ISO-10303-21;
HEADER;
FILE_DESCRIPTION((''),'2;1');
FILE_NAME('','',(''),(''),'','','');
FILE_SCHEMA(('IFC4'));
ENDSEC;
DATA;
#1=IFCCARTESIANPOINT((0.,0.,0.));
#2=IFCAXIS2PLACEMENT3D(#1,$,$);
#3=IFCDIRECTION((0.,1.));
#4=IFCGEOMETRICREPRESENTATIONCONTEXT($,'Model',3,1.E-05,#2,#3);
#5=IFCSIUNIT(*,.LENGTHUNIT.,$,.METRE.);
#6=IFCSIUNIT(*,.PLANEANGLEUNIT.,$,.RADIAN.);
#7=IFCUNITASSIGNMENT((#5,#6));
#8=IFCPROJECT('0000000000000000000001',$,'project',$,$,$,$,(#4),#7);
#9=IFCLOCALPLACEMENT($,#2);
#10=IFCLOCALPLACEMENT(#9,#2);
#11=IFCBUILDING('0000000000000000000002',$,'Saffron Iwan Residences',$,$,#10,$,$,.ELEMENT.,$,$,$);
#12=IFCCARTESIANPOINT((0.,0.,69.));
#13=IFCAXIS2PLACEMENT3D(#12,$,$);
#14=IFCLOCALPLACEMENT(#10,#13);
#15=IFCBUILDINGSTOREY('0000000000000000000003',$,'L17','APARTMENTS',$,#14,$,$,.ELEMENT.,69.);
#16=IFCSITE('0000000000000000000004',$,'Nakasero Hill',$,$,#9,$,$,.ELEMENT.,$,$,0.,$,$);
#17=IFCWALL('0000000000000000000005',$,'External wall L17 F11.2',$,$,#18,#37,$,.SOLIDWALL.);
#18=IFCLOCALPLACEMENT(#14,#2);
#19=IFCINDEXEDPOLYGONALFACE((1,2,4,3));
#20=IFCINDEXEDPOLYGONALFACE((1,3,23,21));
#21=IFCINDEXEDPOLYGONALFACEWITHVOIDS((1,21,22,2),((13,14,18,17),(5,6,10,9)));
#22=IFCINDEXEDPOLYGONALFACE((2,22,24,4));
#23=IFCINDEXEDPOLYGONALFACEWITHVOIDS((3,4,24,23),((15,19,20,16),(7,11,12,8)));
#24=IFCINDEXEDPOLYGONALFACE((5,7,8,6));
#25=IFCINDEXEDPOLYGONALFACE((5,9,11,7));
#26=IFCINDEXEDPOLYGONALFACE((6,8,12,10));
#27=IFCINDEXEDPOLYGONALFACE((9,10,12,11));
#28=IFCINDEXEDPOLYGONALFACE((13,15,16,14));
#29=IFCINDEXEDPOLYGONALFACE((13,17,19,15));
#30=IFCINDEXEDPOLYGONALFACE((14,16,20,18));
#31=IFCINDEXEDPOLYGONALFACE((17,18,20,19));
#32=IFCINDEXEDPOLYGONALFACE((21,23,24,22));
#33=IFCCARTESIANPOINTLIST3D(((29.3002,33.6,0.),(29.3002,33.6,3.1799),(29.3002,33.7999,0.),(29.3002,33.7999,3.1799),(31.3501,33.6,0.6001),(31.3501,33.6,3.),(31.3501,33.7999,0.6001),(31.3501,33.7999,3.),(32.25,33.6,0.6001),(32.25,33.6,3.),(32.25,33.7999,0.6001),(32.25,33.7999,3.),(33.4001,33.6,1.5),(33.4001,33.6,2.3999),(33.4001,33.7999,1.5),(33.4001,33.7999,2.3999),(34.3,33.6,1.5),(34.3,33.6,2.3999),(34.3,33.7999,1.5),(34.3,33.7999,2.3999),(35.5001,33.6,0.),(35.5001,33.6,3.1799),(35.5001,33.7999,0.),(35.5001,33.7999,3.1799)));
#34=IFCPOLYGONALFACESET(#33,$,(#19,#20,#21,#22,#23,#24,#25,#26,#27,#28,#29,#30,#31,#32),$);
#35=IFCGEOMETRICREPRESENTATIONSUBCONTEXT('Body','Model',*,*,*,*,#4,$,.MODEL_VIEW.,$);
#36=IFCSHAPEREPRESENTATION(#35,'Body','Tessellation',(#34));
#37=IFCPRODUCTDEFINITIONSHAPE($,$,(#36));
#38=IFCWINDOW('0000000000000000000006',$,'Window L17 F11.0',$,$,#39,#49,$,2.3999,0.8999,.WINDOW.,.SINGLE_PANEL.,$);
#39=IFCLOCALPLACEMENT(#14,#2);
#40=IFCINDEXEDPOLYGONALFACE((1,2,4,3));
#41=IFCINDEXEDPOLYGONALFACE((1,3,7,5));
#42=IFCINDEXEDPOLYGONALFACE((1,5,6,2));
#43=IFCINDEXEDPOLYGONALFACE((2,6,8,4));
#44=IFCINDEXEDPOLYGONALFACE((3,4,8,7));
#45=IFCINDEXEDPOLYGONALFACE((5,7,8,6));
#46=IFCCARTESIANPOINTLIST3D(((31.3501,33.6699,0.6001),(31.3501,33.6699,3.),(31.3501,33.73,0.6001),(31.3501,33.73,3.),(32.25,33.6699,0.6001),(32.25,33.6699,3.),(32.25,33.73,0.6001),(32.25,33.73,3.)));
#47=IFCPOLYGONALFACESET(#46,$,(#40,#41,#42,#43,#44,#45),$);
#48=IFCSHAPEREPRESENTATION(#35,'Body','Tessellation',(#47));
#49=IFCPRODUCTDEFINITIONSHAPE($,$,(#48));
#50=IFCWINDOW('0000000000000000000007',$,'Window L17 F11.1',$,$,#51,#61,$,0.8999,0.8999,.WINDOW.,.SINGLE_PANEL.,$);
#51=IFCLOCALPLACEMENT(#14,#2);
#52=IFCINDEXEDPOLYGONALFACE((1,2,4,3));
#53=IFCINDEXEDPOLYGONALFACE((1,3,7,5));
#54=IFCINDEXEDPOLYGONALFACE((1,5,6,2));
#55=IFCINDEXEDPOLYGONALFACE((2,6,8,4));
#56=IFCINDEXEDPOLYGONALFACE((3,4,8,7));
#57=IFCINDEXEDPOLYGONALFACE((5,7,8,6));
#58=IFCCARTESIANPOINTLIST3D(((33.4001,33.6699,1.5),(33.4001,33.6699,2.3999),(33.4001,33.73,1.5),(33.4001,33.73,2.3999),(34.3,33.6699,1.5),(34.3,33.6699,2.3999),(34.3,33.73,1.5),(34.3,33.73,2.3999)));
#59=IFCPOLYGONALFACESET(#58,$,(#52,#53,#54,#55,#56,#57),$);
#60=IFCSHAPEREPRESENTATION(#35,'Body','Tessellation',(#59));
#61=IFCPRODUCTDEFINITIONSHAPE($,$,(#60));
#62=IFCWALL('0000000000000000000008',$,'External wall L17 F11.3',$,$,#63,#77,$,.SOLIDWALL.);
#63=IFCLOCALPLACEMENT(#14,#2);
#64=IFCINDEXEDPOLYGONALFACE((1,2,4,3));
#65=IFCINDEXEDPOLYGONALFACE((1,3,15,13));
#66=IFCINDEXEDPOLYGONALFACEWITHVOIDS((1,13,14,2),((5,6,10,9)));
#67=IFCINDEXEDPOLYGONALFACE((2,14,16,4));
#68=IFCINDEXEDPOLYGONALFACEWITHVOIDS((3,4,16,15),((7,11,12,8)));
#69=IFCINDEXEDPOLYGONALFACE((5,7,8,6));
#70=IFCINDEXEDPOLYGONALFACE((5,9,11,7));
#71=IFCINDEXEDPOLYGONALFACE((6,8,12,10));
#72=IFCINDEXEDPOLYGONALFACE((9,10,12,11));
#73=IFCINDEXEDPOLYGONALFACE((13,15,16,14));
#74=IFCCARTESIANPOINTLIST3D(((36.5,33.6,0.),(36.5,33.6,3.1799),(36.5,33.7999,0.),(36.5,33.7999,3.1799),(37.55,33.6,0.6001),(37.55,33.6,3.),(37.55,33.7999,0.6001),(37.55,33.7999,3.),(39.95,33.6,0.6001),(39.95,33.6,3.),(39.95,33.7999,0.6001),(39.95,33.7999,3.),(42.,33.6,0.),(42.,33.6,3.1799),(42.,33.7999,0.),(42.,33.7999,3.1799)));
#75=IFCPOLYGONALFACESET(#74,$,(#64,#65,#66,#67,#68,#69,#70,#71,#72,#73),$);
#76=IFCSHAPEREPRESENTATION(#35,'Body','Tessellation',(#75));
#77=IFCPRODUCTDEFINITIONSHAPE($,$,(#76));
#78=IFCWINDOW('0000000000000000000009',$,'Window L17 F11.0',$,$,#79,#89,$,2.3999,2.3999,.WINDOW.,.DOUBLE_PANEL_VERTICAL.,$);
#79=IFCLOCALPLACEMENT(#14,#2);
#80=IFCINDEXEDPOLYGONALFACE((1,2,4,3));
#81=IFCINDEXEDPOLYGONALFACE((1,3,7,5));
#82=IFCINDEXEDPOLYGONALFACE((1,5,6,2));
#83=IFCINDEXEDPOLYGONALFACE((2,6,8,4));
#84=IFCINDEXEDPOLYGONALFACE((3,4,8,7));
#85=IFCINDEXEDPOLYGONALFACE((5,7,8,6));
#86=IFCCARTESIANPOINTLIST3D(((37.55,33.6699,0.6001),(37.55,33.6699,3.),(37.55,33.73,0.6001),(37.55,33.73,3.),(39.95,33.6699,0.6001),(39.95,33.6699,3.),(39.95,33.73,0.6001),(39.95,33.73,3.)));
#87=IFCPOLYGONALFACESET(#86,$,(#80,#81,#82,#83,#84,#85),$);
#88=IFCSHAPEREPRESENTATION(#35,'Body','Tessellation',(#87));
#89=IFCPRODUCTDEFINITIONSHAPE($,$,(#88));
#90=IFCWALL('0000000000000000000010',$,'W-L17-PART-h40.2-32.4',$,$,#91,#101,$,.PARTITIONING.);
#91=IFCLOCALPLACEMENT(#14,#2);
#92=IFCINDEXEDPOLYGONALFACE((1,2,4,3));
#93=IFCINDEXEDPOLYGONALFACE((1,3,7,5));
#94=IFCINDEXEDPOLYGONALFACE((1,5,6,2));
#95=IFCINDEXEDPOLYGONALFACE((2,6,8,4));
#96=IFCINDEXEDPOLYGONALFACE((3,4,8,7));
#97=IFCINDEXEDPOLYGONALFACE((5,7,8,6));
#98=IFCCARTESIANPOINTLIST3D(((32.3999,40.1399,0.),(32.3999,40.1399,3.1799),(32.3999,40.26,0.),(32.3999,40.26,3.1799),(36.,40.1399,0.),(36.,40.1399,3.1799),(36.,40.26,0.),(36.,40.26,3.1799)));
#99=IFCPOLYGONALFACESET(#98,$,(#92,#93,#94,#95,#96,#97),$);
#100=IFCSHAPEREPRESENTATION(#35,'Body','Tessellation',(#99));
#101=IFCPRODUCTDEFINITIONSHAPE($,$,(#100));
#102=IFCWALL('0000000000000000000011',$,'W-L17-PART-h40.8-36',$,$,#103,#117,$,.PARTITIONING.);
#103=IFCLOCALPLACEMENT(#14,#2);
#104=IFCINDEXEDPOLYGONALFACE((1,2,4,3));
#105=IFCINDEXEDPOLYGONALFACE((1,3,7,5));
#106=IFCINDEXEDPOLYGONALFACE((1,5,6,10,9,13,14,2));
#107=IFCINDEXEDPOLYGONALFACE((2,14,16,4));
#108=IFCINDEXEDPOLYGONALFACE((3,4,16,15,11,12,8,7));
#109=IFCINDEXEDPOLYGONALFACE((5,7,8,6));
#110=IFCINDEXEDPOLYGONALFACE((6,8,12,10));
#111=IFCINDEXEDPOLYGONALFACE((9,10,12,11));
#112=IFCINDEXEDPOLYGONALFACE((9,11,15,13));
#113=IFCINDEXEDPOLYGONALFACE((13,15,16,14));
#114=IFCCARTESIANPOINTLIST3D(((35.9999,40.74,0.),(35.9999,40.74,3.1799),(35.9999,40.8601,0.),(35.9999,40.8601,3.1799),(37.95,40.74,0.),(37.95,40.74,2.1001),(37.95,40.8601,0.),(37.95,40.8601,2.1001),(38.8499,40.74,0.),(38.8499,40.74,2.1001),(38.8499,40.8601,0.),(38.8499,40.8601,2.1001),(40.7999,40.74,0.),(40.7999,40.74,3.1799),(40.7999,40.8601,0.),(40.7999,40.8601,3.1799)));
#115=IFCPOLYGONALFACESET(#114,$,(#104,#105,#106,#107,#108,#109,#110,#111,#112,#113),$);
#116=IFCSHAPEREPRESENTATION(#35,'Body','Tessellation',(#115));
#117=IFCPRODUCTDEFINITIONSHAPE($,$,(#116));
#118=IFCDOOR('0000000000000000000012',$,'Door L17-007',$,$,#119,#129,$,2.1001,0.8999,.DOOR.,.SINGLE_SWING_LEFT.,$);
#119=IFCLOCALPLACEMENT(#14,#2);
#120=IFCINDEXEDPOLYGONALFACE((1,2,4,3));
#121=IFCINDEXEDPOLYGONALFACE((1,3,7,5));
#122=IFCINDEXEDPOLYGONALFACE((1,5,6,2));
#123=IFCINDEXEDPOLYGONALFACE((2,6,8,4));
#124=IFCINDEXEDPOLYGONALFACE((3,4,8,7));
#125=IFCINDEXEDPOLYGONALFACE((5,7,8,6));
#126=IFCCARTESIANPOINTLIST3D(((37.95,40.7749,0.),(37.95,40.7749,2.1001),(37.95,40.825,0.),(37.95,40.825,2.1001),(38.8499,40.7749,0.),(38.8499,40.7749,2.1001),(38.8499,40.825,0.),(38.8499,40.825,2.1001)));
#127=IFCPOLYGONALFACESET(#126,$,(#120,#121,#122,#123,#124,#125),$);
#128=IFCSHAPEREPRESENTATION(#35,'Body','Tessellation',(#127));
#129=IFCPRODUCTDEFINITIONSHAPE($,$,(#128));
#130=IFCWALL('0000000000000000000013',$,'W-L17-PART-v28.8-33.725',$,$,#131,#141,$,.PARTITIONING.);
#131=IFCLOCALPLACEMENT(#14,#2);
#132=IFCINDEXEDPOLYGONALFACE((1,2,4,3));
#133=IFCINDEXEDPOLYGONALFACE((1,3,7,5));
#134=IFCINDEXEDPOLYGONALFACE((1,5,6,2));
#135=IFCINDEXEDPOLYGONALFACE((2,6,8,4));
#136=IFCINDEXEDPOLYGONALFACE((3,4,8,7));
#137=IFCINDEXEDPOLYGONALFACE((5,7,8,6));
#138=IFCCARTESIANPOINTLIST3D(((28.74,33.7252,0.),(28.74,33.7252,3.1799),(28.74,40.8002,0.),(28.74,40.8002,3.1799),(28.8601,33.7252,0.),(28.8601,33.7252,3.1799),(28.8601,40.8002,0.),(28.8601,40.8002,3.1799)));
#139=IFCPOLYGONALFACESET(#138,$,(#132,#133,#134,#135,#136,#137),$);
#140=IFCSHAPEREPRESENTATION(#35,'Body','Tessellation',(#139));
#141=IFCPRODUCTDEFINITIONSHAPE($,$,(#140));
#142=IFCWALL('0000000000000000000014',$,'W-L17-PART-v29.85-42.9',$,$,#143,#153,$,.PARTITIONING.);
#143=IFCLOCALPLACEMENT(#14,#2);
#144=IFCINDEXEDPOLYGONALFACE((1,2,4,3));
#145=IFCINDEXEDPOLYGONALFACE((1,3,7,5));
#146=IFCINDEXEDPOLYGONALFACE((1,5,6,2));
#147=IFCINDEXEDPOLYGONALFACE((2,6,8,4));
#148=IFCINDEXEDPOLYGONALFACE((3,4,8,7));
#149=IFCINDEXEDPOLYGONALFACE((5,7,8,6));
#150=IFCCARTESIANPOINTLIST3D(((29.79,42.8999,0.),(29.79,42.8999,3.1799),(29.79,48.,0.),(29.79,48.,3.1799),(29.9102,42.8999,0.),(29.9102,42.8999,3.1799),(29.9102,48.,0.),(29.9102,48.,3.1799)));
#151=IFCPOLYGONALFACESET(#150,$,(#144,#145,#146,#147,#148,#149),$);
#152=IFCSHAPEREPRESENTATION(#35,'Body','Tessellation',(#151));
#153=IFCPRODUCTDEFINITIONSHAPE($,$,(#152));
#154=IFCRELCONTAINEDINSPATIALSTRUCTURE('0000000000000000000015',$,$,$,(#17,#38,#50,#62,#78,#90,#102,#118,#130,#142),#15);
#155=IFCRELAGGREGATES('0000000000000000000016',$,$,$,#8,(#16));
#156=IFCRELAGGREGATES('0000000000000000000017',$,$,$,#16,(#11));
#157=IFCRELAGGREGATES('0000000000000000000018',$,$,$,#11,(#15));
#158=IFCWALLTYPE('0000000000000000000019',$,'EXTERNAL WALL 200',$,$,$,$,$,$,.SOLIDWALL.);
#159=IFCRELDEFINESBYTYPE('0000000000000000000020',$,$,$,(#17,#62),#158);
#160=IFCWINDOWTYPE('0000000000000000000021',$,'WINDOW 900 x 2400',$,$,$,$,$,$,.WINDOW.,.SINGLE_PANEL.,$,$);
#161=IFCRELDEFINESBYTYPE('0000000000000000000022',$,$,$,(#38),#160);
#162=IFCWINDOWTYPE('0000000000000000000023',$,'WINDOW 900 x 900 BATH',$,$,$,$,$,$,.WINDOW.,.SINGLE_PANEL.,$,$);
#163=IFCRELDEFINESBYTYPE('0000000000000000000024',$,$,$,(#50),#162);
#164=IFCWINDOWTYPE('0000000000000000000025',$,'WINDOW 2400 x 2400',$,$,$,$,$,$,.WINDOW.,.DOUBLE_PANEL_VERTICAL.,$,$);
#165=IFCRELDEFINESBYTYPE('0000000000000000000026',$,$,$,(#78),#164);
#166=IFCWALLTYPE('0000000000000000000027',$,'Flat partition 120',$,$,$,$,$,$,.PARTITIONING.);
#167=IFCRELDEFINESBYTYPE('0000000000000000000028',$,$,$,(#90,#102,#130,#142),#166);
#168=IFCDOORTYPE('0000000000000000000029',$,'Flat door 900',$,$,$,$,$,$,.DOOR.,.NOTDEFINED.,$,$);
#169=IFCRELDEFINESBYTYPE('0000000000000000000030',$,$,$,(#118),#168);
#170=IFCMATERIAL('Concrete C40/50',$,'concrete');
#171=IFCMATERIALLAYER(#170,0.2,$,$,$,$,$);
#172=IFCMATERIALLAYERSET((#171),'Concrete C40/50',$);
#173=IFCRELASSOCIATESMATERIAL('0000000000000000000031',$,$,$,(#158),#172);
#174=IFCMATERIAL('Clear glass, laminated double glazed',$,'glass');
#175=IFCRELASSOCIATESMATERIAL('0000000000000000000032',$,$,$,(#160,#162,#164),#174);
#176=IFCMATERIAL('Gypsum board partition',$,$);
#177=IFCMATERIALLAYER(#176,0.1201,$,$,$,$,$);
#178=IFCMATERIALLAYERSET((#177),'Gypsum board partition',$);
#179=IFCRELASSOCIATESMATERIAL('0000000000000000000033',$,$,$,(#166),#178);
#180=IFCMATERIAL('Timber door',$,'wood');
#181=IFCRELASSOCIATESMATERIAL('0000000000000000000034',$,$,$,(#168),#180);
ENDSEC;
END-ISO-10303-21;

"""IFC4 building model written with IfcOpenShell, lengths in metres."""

from ifc_helpers import new_model, si_unit, direction, frame, frame_2d, origin, place, context, subcontext, project, spatial, rectangle, extrude, material, layer, layer_set, type_object, element, fill, save


model = new_model("IFC4")

# Units and contexts
model_context = context("Model", 3, precision=1e-05, world=origin(), true_north=direction((0.0, 1.0)))
body_context = subcontext(model_context, "Body", "Model", "MODEL_VIEW")
ifc_project = project(units=[si_unit("LENGTHUNIT", "METRE"), si_unit("PLANEANGLEUNIT", "RADIAN")], contexts=[model_context])

# Site, building, storey
site_placement = place(None, origin())
site = spatial("IfcSite", under=ifc_project, at=site_placement, Name="Nakasero Hill", CompositionType="ELEMENT", RefElevation=0.0)
building_placement = place(site_placement, origin())
building = spatial("IfcBuilding", under=site, at=building_placement, Name="Saffron Iwan Residences", CompositionType="ELEMENT")
storey_placement = place(building_placement, frame((0.0, 0.0, 69.0)))
storey = spatial("IfcBuildingStorey", under=building, at=storey_placement, Name="L17", Description="APARTMENTS", CompositionType="ELEMENT", Elevation=69.0)

# Wall, openings, windows
ifc_material_1 = material(Name="Concrete C40/50", Category="concrete")
ifc_layer_1 = layer(ifc_material_1, 0.2)
ifc_layer_set_1 = layer_set([ifc_layer_1], Name="Concrete C40/50")
wall_type_1 = type_object("IfcWallType", Name="EXTERNAL WALL 200", PredefinedType="SOLIDWALL", material=ifc_layer_set_1)
wall_1_placement = place(storey_placement, frame((29.3, 33.7, 0.0), z_axis=(0.0, 0.0, 1.0), x_axis=(1.0, 0.0, 0.0)))
wall_1 = element("IfcWall", 1, at=wall_1_placement, inside=storey, type_object=wall_type_1, Name="External wall L17 F11.2", PredefinedType="SOLIDWALL", context=body_context, shape_type="SweptSolid", body=[
    extrude(rectangle(XDim=6.2, YDim=0.2, at=frame_2d((3.1001, 0.0))), origin(), (0.0, 0.0, 1.0), 3.1799),
])
opening_1_placement = place(wall_1_placement, frame((2.05, 0.0, 0.6001)))
opening_1 = element("IfcOpeningElement", 2, at=opening_1_placement, cuts=wall_1, PredefinedType="OPENING", context=body_context, shape_type="SweptSolid", body=[
    extrude(rectangle(XDim=0.8999, YDim=2.3999, at=frame_2d((0.45, 1.2))), frame((0.0, 0.1099, 0.0), z_axis=(0.0, -1.0, 0.0), x_axis=(1.0, 0.0, 0.0)), (0.0, 0.0, 1.0), 0.22),
])
opening_2_placement = place(wall_1_placement, frame((4.1001, 0.0, 1.5)))
opening_2 = element("IfcOpeningElement", 3, at=opening_2_placement, cuts=wall_1, PredefinedType="OPENING", context=body_context, shape_type="SweptSolid", body=[
    extrude(rectangle(XDim=0.8999, YDim=0.8999, at=frame_2d((0.45, 0.45))), frame((0.0, 0.1099, 0.0), z_axis=(0.0, -1.0, 0.0), x_axis=(1.0, 0.0, 0.0)), (0.0, 0.0, 1.0), 0.22),
])
ifc_material_2 = material(Name="Clear glass, laminated double glazed", Category="glass")
window_type_1 = type_object("IfcWindowType", Name="WINDOW 900 x 2400", PartitioningType="SINGLE_PANEL", PredefinedType="WINDOW", material=ifc_material_2)
window_1_placement = place(opening_1_placement, origin())
window_1 = element("IfcWindow", 4, at=window_1_placement, inside=storey, type_object=window_type_1, Name="Window L17 F11.0", OverallHeight=2.3999, OverallWidth=0.8999, PartitioningType="SINGLE_PANEL", PredefinedType="WINDOW", context=body_context, shape_type="SweptSolid", body=[
    extrude(rectangle(XDim=0.8999, YDim=2.3999, at=frame_2d((0.45, 1.2))), frame((0.0, 0.03, 0.0), z_axis=(0.0, -1.0, 0.0), x_axis=(1.0, 0.0, 0.0)), (0.0, 0.0, 1.0), 0.0601),
])
fill(opening_1, window_1)
window_type_2 = type_object("IfcWindowType", Name="WINDOW 900 x 900 BATH", PartitioningType="SINGLE_PANEL", PredefinedType="WINDOW", material=ifc_material_2)
window_2_placement = place(opening_2_placement, origin())
window_2 = element("IfcWindow", 5, at=window_2_placement, inside=storey, type_object=window_type_2, Name="Window L17 F11.1", OverallHeight=0.8999, OverallWidth=0.8999, PartitioningType="SINGLE_PANEL", PredefinedType="WINDOW", context=body_context, shape_type="SweptSolid", body=[
    extrude(rectangle(XDim=0.8999, YDim=0.8999, at=frame_2d((0.45, 0.45))), frame((0.0, 0.03, 0.0), z_axis=(0.0, -1.0, 0.0), x_axis=(1.0, 0.0, 0.0)), (0.0, 0.0, 1.0), 0.0601),
])
fill(opening_2, window_2)

# Wall, opening, window
wall_2_placement = place(storey_placement, frame((36.5, 33.7, 0.0), z_axis=(0.0, 0.0, 1.0), x_axis=(1.0, 0.0, 0.0)))
wall_2 = element("IfcWall", 6, at=wall_2_placement, inside=storey, type_object=wall_type_1, Name="External wall L17 F11.3", PredefinedType="SOLIDWALL", context=body_context, shape_type="SweptSolid", body=[
    extrude(rectangle(XDim=5.5, YDim=0.2, at=frame_2d((2.75, 0.0))), origin(), (0.0, 0.0, 1.0), 3.1799),
])
opening_3_placement = place(wall_2_placement, frame((1.05, 0.0, 0.6001)))
opening_3 = element("IfcOpeningElement", 7, at=opening_3_placement, cuts=wall_2, PredefinedType="OPENING", context=body_context, shape_type="SweptSolid", body=[
    extrude(rectangle(XDim=2.3999, YDim=2.3999, at=frame_2d((1.2, 1.2))), frame((0.0, 0.1099, 0.0), z_axis=(0.0, -1.0, 0.0), x_axis=(1.0, 0.0, 0.0)), (0.0, 0.0, 1.0), 0.22),
])
window_type_3 = type_object("IfcWindowType", Name="WINDOW 2400 x 2400", PartitioningType="DOUBLE_PANEL_VERTICAL", PredefinedType="WINDOW", material=ifc_material_2)
window_3_placement = place(opening_3_placement, origin())
window_3 = element("IfcWindow", 8, at=window_3_placement, inside=storey, type_object=window_type_3, Name="Window L17 F11.0", OverallHeight=2.3999, OverallWidth=2.3999, PartitioningType="DOUBLE_PANEL_VERTICAL", PredefinedType="WINDOW", context=body_context, shape_type="SweptSolid", body=[
    extrude(rectangle(XDim=2.3999, YDim=2.3999, at=frame_2d((1.2, 1.2))), frame((0.0, 0.03, 0.0), z_axis=(0.0, -1.0, 0.0), x_axis=(1.0, 0.0, 0.0)), (0.0, 0.0, 1.0), 0.0601),
])
fill(opening_3, window_3)

# Wall
ifc_material_3 = material(Name="Gypsum board partition")
ifc_layer_2 = layer(ifc_material_3, 0.1201)
ifc_layer_set_2 = layer_set([ifc_layer_2], Name="Gypsum board partition")
wall_type_2 = type_object("IfcWallType", Name="Flat partition 120", PredefinedType="PARTITIONING", material=ifc_layer_set_2)
wall_3_placement = place(storey_placement, frame((32.3999, 40.2, 0.0), z_axis=(0.0, 0.0, 1.0), x_axis=(1.0, 0.0, 0.0)))
element("IfcWall", 9, at=wall_3_placement, inside=storey, type_object=wall_type_2, Name="W-L17-PART-h40.2-32.4", PredefinedType="PARTITIONING", context=body_context, shape_type="SweptSolid", body=[
    extrude(rectangle(XDim=3.6001, YDim=0.1201, at=frame_2d((1.8, 0.0))), origin(), (0.0, 0.0, 1.0), 3.1799),
])

# Wall, opening, door
wall_4_placement = place(storey_placement, frame((36.0, 40.8, 0.0), z_axis=(0.0, 0.0, 1.0), x_axis=(1.0, 0.0, 0.0)))
wall_4 = element("IfcWall", 10, at=wall_4_placement, inside=storey, type_object=wall_type_2, Name="W-L17-PART-h40.8-36", PredefinedType="PARTITIONING", context=body_context, shape_type="SweptSolid", body=[
    extrude(rectangle(XDim=4.8, YDim=0.1201, at=frame_2d((2.3999, 0.0))), origin(), (0.0, 0.0, 1.0), 3.1799),
])
opening_4_placement = place(wall_4_placement, frame((1.95, 0.0, 0.0)))
opening_4 = element("IfcOpeningElement", 11, at=opening_4_placement, cuts=wall_4, PredefinedType="OPENING", context=body_context, shape_type="SweptSolid", body=[
    extrude(rectangle(XDim=0.8999, YDim=2.1001, at=frame_2d((0.45, 1.05))), frame((0.0, 0.0701, 0.0), z_axis=(0.0, -1.0, 0.0), x_axis=(1.0, 0.0, 0.0)), (0.0, 0.0, 1.0), 0.1401),
])
ifc_material_4 = material(Name="Timber door", Category="wood")
door_type_1 = type_object("IfcDoorType", Name="Flat door 900", OperationType="NOTDEFINED", PredefinedType="DOOR", material=ifc_material_4)
door_1_placement = place(opening_4_placement, origin())
door_1 = element("IfcDoor", 12, at=door_1_placement, inside=storey, type_object=door_type_1, Name="Door L17-007", OperationType="SINGLE_SWING_LEFT", OverallHeight=2.1001, OverallWidth=0.8999, PredefinedType="DOOR", context=body_context, shape_type="SweptSolid", body=[
    extrude(rectangle(XDim=0.8999, YDim=2.1001, at=frame_2d((0.45, 1.05))), frame((0.0, 0.0249, 0.0), z_axis=(0.0, -1.0, 0.0), x_axis=(1.0, 0.0, 0.0)), (0.0, 0.0, 1.0), 0.05),
])
fill(opening_4, door_1)

# Walls
wall_5_placement = place(storey_placement, frame((28.8, 33.7251, 0.0), z_axis=(0.0, 0.0, 1.0), x_axis=(0.0, 1.0, 0.0)))
element("IfcWall", 13, at=wall_5_placement, inside=storey, type_object=wall_type_2, Name="W-L17-PART-v28.8-33.725", PredefinedType="PARTITIONING", context=body_context, shape_type="SweptSolid", body=[
    extrude(rectangle(XDim=7.075, YDim=0.1201, at=frame_2d((3.5376, 0.0))), origin(), (0.0, 0.0, 1.0), 3.1799),
])
wall_6_placement = place(storey_placement, frame((29.8501, 42.8999, 0.0), z_axis=(0.0, 0.0, 1.0), x_axis=(0.0, 1.0, 0.0)))
element("IfcWall", 14, at=wall_6_placement, inside=storey, type_object=wall_type_2, Name="W-L17-PART-v29.85-42.9", PredefinedType="PARTITIONING", context=body_context, shape_type="SweptSolid", body=[
    extrude(rectangle(XDim=5.1001, YDim=0.1201, at=frame_2d((2.55, 0.0))), origin(), (0.0, 0.0, 1.0), 3.1799),
])

save(model, "model.ifc")
